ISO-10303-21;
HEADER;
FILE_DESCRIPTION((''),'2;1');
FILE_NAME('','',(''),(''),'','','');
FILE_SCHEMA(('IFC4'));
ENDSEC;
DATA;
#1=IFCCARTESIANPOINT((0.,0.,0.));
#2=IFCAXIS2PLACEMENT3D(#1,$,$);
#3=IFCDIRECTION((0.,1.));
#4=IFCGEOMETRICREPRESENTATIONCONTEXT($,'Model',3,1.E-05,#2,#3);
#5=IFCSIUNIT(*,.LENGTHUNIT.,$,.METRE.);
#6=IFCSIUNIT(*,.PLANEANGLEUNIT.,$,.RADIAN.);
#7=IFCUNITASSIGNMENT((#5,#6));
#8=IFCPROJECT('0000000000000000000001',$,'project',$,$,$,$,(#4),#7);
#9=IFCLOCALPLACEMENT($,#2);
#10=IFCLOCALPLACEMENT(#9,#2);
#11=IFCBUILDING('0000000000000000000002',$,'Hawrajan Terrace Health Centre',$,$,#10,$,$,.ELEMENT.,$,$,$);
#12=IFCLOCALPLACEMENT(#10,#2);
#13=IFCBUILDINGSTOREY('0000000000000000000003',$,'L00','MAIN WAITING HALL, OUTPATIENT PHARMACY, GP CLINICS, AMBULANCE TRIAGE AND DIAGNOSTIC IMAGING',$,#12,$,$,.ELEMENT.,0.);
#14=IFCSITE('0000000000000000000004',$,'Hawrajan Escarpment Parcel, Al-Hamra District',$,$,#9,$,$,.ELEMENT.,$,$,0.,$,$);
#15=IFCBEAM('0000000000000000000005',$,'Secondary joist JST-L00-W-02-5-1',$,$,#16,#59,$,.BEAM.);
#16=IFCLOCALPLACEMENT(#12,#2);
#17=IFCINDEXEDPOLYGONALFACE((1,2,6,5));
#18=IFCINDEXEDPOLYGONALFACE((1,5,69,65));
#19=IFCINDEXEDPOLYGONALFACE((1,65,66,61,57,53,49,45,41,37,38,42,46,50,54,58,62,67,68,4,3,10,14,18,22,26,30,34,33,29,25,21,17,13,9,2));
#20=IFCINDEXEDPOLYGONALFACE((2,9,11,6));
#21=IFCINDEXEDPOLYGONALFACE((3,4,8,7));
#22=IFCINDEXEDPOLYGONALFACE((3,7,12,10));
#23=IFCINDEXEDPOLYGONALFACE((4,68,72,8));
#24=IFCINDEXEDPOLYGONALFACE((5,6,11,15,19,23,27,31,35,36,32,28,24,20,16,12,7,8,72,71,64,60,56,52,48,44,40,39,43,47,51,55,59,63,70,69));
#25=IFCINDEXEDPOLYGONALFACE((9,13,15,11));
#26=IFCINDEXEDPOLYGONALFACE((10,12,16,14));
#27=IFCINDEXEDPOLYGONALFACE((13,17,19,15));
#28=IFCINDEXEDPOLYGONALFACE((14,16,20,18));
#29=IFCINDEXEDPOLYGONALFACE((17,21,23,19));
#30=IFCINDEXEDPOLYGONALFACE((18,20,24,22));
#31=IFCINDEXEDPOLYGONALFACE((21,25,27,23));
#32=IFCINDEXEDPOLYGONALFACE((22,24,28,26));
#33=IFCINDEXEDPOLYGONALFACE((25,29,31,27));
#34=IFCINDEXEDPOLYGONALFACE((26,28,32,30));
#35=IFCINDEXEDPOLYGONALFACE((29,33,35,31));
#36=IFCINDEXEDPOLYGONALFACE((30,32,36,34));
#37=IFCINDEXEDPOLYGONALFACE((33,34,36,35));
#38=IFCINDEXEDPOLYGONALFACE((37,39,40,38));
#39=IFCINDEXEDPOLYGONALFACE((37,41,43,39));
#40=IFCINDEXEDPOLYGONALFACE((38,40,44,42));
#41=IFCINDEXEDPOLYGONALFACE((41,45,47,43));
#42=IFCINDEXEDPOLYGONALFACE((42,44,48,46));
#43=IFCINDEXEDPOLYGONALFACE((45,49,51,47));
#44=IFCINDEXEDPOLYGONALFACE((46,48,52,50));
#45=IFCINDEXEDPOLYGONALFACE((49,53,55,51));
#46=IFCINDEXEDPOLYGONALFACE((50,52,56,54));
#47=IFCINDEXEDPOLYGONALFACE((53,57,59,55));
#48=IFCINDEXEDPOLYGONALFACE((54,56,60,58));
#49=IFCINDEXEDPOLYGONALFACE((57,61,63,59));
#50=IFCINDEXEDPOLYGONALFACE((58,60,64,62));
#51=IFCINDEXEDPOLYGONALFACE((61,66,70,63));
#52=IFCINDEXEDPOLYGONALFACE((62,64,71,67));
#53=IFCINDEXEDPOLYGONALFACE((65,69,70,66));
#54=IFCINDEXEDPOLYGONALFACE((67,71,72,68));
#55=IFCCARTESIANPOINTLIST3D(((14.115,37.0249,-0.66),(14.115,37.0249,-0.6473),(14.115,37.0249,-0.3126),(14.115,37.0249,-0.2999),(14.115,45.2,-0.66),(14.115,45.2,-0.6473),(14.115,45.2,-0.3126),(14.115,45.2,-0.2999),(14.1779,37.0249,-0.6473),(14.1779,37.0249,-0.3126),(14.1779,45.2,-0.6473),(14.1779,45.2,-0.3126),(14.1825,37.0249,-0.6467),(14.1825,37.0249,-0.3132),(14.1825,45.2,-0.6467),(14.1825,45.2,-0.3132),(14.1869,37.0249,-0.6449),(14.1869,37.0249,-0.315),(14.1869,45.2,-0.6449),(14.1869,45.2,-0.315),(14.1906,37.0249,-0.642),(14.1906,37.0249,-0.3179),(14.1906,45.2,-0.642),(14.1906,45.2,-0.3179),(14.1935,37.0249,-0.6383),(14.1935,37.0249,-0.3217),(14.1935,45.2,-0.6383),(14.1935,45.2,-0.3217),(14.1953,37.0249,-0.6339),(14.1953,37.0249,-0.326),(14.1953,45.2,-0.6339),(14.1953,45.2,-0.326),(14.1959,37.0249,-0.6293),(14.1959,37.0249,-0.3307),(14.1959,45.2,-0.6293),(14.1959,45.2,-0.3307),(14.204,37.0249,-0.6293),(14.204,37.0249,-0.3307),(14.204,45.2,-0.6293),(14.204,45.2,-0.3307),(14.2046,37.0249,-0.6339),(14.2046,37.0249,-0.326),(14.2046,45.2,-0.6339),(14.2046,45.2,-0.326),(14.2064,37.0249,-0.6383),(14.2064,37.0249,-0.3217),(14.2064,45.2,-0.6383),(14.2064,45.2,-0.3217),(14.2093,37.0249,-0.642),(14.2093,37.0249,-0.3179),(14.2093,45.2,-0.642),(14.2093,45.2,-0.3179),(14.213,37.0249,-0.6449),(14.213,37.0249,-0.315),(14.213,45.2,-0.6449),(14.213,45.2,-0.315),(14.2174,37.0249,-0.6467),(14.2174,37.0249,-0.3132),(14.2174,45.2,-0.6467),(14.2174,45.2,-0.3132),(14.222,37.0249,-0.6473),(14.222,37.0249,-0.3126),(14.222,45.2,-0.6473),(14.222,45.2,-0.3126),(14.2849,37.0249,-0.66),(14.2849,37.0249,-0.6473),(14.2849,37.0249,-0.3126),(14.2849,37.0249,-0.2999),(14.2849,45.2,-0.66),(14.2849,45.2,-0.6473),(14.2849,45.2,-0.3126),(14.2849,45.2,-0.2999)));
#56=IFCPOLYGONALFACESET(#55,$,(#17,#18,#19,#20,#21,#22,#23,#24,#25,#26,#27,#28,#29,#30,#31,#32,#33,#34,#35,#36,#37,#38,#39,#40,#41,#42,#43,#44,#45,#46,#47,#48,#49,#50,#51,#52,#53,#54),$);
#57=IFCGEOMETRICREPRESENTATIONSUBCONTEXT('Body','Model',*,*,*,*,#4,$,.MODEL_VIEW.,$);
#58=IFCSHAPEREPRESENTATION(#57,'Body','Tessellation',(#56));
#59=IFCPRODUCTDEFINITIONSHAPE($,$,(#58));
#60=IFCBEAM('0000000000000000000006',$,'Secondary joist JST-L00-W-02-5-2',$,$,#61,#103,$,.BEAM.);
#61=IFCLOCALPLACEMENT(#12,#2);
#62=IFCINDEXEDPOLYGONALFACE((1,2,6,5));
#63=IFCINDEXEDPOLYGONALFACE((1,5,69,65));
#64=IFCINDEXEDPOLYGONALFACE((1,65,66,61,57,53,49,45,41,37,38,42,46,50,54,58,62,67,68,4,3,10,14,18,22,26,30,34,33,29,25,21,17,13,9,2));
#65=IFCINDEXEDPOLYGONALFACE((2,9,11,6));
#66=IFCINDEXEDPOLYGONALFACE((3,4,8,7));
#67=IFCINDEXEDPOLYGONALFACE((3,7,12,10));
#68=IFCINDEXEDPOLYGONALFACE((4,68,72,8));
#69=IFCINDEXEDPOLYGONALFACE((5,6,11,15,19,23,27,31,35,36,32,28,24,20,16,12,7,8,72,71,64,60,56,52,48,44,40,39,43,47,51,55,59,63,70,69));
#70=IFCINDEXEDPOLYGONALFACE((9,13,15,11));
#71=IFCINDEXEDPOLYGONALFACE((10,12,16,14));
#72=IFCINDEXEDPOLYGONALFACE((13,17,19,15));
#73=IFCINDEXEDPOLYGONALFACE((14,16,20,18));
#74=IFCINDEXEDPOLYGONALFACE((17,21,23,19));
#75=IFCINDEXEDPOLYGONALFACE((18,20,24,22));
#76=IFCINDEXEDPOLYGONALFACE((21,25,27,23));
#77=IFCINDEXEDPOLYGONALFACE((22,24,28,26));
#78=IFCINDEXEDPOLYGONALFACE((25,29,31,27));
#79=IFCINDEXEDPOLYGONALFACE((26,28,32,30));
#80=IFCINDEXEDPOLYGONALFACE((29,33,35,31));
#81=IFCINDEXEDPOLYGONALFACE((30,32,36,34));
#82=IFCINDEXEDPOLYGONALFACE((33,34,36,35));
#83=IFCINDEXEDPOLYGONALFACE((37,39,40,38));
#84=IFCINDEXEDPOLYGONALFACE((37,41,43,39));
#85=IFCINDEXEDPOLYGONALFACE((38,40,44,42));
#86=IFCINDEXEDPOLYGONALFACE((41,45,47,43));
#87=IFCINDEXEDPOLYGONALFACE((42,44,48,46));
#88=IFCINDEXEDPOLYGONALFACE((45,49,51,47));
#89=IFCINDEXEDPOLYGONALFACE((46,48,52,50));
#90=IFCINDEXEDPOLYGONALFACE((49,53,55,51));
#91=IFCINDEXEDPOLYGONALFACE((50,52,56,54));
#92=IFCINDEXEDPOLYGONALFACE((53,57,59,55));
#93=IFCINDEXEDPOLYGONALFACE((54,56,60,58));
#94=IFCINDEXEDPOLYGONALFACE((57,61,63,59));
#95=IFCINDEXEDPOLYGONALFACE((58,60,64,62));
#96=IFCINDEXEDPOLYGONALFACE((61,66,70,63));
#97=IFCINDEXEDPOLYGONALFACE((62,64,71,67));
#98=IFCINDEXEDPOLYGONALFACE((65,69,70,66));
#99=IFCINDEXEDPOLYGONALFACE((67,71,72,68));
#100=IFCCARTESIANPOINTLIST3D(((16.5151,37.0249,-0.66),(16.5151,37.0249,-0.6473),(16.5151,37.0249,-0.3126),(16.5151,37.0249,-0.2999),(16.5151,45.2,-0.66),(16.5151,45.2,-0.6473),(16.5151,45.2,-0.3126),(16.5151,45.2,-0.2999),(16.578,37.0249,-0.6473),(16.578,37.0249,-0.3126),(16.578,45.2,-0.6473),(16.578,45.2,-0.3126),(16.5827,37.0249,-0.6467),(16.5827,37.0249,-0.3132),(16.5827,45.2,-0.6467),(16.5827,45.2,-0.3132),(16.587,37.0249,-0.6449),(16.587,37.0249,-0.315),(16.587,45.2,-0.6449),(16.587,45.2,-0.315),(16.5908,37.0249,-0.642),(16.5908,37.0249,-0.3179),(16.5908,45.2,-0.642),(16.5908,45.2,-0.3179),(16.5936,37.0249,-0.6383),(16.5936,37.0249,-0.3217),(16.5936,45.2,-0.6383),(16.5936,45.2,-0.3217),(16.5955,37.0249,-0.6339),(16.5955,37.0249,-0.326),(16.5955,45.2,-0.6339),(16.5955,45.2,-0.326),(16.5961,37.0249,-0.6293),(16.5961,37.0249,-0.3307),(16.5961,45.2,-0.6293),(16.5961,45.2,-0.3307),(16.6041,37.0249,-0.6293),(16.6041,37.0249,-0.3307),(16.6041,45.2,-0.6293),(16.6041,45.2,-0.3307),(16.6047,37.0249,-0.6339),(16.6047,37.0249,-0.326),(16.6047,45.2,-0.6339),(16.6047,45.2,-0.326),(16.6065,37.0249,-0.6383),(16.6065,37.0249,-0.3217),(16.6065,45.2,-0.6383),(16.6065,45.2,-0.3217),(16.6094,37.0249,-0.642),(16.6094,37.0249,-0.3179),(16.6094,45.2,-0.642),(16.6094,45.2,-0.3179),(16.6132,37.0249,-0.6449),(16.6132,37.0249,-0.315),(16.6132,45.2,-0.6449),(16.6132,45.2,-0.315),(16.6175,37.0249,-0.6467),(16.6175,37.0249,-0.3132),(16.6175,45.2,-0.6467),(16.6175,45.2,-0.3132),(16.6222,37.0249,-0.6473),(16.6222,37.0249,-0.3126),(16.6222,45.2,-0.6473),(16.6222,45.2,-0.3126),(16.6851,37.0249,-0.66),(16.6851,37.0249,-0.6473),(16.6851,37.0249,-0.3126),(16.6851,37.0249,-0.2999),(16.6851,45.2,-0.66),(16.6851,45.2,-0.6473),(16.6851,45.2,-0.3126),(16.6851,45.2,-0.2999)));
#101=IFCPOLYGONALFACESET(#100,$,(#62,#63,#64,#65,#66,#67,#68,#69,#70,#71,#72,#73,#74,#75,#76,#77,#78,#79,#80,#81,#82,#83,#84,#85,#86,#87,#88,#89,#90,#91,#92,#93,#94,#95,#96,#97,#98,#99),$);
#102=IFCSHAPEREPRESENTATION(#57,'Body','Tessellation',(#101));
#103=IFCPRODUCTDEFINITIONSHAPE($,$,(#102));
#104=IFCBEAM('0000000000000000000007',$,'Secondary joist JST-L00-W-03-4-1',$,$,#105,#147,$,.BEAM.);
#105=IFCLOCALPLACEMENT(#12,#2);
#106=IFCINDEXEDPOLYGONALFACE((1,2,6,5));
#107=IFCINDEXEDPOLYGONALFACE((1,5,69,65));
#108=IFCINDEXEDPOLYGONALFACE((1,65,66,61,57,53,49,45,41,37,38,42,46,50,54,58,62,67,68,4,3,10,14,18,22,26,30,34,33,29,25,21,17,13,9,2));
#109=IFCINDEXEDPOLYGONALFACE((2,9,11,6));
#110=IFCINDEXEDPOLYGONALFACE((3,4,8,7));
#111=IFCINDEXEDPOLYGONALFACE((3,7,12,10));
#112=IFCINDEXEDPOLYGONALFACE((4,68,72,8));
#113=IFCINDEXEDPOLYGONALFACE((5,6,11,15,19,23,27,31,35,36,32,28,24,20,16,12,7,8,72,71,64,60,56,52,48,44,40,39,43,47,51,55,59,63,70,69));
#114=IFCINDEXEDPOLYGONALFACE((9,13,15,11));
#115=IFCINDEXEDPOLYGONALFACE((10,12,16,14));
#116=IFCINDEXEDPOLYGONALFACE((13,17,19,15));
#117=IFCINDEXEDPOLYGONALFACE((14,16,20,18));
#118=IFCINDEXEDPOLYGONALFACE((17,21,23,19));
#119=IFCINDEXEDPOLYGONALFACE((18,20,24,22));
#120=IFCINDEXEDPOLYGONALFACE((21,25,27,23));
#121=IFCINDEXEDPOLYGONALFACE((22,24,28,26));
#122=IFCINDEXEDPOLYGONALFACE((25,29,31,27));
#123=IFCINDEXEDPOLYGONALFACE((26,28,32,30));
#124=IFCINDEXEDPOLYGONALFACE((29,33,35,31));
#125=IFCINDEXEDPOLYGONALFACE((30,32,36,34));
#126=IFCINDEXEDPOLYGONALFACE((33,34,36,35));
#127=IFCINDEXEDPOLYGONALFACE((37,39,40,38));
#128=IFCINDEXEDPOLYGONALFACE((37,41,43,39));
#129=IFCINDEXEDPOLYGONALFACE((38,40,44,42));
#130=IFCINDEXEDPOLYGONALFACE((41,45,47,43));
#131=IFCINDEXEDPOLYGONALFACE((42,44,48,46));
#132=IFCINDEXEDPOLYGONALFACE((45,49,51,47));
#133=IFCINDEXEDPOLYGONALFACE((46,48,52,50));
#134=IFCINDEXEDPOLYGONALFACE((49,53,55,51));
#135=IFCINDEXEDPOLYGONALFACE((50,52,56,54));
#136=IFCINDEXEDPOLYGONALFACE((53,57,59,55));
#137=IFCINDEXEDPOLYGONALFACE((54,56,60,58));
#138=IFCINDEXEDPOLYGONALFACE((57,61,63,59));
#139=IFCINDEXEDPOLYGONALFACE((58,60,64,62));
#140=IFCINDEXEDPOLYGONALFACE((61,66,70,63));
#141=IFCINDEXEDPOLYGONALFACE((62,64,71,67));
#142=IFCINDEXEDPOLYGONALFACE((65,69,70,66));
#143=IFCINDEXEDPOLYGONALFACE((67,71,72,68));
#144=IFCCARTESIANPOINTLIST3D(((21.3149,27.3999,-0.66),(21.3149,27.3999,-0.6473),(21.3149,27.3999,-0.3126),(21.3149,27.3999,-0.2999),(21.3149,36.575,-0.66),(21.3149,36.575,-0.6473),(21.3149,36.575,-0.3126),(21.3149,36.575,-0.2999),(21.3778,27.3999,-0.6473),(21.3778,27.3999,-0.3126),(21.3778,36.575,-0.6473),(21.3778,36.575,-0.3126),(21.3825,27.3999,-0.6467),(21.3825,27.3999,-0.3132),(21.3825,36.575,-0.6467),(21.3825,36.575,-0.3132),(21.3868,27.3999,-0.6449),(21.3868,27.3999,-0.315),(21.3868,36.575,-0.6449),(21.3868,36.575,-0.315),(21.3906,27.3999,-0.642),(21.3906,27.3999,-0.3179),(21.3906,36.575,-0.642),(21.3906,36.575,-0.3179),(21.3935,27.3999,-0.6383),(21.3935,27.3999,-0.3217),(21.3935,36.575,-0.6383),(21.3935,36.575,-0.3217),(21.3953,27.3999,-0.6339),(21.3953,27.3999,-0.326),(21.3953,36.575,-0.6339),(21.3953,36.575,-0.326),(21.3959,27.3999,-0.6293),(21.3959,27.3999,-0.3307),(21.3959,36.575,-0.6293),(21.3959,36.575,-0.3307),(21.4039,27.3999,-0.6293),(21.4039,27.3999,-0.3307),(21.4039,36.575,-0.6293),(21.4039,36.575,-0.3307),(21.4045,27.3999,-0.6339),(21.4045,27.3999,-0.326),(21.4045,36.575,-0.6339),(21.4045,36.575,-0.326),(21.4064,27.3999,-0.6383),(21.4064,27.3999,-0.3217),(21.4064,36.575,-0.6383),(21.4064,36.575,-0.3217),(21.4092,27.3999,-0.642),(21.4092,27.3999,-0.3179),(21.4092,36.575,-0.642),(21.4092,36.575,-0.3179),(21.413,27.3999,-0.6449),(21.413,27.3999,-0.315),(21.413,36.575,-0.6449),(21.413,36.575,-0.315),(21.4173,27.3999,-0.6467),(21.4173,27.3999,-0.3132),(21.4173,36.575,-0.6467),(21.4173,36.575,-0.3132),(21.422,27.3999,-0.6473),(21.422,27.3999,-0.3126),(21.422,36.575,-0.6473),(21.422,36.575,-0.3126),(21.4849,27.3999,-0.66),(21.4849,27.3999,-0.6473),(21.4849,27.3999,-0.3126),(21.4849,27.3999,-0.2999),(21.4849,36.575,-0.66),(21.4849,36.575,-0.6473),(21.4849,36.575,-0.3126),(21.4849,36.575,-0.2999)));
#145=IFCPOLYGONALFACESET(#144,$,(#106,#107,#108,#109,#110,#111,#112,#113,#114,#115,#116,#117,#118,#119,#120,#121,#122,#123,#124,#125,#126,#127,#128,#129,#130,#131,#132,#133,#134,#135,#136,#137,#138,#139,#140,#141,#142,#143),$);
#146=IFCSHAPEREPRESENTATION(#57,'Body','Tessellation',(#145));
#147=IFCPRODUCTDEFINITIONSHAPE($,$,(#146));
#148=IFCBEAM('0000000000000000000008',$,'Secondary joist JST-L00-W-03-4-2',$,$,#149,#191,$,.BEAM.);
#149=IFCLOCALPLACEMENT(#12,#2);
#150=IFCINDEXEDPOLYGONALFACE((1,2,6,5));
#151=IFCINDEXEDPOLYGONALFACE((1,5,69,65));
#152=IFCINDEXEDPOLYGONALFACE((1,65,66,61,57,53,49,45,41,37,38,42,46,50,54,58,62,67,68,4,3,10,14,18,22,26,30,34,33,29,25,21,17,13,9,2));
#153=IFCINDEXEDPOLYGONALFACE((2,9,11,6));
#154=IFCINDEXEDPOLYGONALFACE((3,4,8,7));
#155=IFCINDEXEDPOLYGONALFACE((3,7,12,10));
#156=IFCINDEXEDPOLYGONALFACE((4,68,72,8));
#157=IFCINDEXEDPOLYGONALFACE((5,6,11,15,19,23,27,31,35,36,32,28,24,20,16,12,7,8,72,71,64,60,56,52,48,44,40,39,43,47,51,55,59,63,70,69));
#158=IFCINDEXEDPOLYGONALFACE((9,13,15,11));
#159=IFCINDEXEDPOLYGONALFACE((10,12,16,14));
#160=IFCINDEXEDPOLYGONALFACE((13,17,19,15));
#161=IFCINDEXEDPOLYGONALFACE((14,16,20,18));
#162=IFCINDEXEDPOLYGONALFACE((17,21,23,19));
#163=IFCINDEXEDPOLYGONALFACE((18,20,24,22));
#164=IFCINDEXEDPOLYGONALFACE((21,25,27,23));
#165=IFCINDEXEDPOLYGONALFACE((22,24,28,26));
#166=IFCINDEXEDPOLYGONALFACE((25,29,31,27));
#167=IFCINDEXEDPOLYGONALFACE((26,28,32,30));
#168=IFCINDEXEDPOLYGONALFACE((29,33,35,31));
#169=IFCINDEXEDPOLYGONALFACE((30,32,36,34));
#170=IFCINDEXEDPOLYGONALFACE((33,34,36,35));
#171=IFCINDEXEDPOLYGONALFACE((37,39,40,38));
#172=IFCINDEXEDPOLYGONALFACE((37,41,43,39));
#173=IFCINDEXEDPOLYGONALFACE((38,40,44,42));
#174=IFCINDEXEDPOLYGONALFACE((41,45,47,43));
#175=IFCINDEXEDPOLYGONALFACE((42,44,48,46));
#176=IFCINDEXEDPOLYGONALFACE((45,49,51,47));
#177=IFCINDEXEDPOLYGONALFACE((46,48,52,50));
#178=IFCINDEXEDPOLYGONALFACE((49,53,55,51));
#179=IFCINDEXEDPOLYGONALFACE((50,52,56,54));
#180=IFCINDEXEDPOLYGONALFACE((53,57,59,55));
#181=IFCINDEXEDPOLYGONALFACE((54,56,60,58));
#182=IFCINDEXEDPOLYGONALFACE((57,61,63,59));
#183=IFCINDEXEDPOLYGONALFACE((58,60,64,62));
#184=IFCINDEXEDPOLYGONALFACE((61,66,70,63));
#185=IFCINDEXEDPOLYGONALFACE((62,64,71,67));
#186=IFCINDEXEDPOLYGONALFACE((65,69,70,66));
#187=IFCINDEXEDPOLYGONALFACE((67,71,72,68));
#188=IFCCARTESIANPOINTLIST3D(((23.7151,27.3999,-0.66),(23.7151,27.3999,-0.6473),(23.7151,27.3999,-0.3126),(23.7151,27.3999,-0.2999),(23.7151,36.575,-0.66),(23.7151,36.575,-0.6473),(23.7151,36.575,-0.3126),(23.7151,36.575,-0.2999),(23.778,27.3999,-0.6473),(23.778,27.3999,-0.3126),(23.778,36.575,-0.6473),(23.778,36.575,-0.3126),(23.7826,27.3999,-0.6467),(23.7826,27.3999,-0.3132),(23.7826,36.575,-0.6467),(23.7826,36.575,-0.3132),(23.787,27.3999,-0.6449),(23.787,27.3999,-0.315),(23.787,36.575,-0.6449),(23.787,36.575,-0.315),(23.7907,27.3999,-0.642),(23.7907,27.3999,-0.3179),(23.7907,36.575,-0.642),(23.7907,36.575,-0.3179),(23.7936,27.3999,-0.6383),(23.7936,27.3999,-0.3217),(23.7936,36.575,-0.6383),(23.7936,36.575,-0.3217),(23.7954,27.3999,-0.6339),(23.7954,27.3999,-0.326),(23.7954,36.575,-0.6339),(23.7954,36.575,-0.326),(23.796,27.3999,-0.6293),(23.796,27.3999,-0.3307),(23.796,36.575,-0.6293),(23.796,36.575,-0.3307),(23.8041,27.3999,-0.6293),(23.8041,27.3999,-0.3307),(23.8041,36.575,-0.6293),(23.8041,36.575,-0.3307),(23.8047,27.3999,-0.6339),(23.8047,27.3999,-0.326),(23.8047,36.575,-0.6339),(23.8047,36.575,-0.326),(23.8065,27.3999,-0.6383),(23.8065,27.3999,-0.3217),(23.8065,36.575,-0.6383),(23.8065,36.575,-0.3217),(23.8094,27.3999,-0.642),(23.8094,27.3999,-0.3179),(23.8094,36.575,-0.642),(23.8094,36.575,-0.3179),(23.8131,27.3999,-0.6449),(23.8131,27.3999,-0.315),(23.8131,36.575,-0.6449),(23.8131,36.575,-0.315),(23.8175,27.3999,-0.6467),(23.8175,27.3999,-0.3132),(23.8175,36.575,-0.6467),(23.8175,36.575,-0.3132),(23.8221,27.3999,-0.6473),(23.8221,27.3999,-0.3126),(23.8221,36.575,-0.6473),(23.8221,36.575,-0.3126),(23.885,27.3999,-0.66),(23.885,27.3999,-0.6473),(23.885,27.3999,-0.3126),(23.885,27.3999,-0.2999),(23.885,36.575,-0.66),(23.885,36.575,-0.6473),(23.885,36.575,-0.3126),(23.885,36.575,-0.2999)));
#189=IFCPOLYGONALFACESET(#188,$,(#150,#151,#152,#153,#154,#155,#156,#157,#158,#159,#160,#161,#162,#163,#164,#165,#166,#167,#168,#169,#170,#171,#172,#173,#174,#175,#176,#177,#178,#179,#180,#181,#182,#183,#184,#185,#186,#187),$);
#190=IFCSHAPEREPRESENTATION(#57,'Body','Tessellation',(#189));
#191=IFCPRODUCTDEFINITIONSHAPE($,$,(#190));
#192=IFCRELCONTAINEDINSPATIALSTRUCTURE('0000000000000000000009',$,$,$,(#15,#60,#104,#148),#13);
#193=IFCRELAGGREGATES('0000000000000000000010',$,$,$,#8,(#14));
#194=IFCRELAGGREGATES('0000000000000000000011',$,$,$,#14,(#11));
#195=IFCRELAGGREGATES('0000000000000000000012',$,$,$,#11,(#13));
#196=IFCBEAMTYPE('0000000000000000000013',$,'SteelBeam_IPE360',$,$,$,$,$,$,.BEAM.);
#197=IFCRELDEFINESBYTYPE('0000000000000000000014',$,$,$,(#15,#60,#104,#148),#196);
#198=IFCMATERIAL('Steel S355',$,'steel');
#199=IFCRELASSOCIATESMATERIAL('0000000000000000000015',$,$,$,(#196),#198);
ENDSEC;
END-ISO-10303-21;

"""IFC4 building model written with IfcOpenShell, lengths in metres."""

from ifc_helpers import new_model, si_unit, direction, frame, origin, origin_2d, place, context, subcontext, project, spatial, i_section, extrude, material, material_profile, profile_set, type_object, element, save


model = new_model("IFC4")

# Units and contexts
model_context = context("Model", 3, precision=1e-05, world=origin(), true_north=direction((0.0, 1.0)))
body_context = subcontext(model_context, "Body", "Model", "MODEL_VIEW")
ifc_project = project(units=[si_unit("LENGTHUNIT", "METRE"), si_unit("PLANEANGLEUNIT", "RADIAN")], contexts=[model_context])

# Site, building, storey
site_placement = place(None, origin())
site = spatial("IfcSite", under=ifc_project, at=site_placement, Name="Hawrajan Escarpment Parcel, Al-Hamra District", CompositionType="ELEMENT", RefElevation=0.0)
building_placement = place(site_placement, origin())
building = spatial("IfcBuilding", under=site, at=building_placement, Name="Hawrajan Terrace Health Centre", CompositionType="ELEMENT")
storey_placement = place(building_placement, origin())
storey = spatial("IfcBuildingStorey", under=building, at=storey_placement, Name="L00", Description="MAIN WAITING HALL, OUTPATIENT PHARMACY, GP CLINICS, AMBULANCE TRIAGE AND DIAGNOSTIC IMAGING", CompositionType="ELEMENT", Elevation=0.0)

# Beams
ifc_material_1 = material(Name="Steel S355", Category="steel")
ifc_material_profile_1 = material_profile(ifc_material_1, i_section(OverallWidth=0.1699, OverallDepth=0.3601, WebThickness=0.0081, FlangeThickness=0.0127, FilletRadius=0.0181, at=origin_2d()), Name="IPE 360")
ifc_profile_set_1 = profile_set([ifc_material_profile_1], Name="Steel S355")
beam_type_1 = type_object("IfcBeamType", Name="SteelBeam_IPE360", PredefinedType="BEAM", material=ifc_profile_set_1)
for number, where, z_axis, x_axis, name in (
    (1, (14.2, 37.0249, -0.48), (0.0, 1.0, 0.0), (-1.0, 0.0, 0.0), "Secondary joist JST-L00-W-02-5-1"),
    (2, (16.6001, 37.0249, -0.48), (0.0, 1.0, 0.0), (-1.0, 0.0, 0.0), "Secondary joist JST-L00-W-02-5-2"),
):
    element("IfcBeam", number, at=place(storey_placement, frame(where, z_axis=z_axis, x_axis=x_axis)), inside=storey, type_object=beam_type_1, Name=name, PredefinedType="BEAM", context=body_context, shape_type="SweptSolid", body=[
        extrude(i_section(OverallWidth=0.1699, OverallDepth=0.3601, WebThickness=0.0081, FlangeThickness=0.0127, FilletRadius=0.0181, at=origin_2d()), origin(), (0.0, 0.0, 1.0), 8.175),
    ])
for number, where, z_axis, x_axis, name in (
    (3, (21.3999, 27.3999, -0.48), (0.0, 1.0, 0.0), (-1.0, 0.0, 0.0), "Secondary joist JST-L00-W-03-4-1"),
    (4, (23.8, 27.3999, -0.48), (0.0, 1.0, 0.0), (-1.0, 0.0, 0.0), "Secondary joist JST-L00-W-03-4-2"),
):
    element("IfcBeam", number, at=place(storey_placement, frame(where, z_axis=z_axis, x_axis=x_axis)), inside=storey, type_object=beam_type_1, Name=name, PredefinedType="BEAM", context=body_context, shape_type="SweptSolid", body=[
        extrude(i_section(OverallWidth=0.1699, OverallDepth=0.3601, WebThickness=0.0081, FlangeThickness=0.0127, FilletRadius=0.0181, at=origin_2d()), origin(), (0.0, 0.0, 1.0), 9.175),
    ])

save(model, "model.ifc")
